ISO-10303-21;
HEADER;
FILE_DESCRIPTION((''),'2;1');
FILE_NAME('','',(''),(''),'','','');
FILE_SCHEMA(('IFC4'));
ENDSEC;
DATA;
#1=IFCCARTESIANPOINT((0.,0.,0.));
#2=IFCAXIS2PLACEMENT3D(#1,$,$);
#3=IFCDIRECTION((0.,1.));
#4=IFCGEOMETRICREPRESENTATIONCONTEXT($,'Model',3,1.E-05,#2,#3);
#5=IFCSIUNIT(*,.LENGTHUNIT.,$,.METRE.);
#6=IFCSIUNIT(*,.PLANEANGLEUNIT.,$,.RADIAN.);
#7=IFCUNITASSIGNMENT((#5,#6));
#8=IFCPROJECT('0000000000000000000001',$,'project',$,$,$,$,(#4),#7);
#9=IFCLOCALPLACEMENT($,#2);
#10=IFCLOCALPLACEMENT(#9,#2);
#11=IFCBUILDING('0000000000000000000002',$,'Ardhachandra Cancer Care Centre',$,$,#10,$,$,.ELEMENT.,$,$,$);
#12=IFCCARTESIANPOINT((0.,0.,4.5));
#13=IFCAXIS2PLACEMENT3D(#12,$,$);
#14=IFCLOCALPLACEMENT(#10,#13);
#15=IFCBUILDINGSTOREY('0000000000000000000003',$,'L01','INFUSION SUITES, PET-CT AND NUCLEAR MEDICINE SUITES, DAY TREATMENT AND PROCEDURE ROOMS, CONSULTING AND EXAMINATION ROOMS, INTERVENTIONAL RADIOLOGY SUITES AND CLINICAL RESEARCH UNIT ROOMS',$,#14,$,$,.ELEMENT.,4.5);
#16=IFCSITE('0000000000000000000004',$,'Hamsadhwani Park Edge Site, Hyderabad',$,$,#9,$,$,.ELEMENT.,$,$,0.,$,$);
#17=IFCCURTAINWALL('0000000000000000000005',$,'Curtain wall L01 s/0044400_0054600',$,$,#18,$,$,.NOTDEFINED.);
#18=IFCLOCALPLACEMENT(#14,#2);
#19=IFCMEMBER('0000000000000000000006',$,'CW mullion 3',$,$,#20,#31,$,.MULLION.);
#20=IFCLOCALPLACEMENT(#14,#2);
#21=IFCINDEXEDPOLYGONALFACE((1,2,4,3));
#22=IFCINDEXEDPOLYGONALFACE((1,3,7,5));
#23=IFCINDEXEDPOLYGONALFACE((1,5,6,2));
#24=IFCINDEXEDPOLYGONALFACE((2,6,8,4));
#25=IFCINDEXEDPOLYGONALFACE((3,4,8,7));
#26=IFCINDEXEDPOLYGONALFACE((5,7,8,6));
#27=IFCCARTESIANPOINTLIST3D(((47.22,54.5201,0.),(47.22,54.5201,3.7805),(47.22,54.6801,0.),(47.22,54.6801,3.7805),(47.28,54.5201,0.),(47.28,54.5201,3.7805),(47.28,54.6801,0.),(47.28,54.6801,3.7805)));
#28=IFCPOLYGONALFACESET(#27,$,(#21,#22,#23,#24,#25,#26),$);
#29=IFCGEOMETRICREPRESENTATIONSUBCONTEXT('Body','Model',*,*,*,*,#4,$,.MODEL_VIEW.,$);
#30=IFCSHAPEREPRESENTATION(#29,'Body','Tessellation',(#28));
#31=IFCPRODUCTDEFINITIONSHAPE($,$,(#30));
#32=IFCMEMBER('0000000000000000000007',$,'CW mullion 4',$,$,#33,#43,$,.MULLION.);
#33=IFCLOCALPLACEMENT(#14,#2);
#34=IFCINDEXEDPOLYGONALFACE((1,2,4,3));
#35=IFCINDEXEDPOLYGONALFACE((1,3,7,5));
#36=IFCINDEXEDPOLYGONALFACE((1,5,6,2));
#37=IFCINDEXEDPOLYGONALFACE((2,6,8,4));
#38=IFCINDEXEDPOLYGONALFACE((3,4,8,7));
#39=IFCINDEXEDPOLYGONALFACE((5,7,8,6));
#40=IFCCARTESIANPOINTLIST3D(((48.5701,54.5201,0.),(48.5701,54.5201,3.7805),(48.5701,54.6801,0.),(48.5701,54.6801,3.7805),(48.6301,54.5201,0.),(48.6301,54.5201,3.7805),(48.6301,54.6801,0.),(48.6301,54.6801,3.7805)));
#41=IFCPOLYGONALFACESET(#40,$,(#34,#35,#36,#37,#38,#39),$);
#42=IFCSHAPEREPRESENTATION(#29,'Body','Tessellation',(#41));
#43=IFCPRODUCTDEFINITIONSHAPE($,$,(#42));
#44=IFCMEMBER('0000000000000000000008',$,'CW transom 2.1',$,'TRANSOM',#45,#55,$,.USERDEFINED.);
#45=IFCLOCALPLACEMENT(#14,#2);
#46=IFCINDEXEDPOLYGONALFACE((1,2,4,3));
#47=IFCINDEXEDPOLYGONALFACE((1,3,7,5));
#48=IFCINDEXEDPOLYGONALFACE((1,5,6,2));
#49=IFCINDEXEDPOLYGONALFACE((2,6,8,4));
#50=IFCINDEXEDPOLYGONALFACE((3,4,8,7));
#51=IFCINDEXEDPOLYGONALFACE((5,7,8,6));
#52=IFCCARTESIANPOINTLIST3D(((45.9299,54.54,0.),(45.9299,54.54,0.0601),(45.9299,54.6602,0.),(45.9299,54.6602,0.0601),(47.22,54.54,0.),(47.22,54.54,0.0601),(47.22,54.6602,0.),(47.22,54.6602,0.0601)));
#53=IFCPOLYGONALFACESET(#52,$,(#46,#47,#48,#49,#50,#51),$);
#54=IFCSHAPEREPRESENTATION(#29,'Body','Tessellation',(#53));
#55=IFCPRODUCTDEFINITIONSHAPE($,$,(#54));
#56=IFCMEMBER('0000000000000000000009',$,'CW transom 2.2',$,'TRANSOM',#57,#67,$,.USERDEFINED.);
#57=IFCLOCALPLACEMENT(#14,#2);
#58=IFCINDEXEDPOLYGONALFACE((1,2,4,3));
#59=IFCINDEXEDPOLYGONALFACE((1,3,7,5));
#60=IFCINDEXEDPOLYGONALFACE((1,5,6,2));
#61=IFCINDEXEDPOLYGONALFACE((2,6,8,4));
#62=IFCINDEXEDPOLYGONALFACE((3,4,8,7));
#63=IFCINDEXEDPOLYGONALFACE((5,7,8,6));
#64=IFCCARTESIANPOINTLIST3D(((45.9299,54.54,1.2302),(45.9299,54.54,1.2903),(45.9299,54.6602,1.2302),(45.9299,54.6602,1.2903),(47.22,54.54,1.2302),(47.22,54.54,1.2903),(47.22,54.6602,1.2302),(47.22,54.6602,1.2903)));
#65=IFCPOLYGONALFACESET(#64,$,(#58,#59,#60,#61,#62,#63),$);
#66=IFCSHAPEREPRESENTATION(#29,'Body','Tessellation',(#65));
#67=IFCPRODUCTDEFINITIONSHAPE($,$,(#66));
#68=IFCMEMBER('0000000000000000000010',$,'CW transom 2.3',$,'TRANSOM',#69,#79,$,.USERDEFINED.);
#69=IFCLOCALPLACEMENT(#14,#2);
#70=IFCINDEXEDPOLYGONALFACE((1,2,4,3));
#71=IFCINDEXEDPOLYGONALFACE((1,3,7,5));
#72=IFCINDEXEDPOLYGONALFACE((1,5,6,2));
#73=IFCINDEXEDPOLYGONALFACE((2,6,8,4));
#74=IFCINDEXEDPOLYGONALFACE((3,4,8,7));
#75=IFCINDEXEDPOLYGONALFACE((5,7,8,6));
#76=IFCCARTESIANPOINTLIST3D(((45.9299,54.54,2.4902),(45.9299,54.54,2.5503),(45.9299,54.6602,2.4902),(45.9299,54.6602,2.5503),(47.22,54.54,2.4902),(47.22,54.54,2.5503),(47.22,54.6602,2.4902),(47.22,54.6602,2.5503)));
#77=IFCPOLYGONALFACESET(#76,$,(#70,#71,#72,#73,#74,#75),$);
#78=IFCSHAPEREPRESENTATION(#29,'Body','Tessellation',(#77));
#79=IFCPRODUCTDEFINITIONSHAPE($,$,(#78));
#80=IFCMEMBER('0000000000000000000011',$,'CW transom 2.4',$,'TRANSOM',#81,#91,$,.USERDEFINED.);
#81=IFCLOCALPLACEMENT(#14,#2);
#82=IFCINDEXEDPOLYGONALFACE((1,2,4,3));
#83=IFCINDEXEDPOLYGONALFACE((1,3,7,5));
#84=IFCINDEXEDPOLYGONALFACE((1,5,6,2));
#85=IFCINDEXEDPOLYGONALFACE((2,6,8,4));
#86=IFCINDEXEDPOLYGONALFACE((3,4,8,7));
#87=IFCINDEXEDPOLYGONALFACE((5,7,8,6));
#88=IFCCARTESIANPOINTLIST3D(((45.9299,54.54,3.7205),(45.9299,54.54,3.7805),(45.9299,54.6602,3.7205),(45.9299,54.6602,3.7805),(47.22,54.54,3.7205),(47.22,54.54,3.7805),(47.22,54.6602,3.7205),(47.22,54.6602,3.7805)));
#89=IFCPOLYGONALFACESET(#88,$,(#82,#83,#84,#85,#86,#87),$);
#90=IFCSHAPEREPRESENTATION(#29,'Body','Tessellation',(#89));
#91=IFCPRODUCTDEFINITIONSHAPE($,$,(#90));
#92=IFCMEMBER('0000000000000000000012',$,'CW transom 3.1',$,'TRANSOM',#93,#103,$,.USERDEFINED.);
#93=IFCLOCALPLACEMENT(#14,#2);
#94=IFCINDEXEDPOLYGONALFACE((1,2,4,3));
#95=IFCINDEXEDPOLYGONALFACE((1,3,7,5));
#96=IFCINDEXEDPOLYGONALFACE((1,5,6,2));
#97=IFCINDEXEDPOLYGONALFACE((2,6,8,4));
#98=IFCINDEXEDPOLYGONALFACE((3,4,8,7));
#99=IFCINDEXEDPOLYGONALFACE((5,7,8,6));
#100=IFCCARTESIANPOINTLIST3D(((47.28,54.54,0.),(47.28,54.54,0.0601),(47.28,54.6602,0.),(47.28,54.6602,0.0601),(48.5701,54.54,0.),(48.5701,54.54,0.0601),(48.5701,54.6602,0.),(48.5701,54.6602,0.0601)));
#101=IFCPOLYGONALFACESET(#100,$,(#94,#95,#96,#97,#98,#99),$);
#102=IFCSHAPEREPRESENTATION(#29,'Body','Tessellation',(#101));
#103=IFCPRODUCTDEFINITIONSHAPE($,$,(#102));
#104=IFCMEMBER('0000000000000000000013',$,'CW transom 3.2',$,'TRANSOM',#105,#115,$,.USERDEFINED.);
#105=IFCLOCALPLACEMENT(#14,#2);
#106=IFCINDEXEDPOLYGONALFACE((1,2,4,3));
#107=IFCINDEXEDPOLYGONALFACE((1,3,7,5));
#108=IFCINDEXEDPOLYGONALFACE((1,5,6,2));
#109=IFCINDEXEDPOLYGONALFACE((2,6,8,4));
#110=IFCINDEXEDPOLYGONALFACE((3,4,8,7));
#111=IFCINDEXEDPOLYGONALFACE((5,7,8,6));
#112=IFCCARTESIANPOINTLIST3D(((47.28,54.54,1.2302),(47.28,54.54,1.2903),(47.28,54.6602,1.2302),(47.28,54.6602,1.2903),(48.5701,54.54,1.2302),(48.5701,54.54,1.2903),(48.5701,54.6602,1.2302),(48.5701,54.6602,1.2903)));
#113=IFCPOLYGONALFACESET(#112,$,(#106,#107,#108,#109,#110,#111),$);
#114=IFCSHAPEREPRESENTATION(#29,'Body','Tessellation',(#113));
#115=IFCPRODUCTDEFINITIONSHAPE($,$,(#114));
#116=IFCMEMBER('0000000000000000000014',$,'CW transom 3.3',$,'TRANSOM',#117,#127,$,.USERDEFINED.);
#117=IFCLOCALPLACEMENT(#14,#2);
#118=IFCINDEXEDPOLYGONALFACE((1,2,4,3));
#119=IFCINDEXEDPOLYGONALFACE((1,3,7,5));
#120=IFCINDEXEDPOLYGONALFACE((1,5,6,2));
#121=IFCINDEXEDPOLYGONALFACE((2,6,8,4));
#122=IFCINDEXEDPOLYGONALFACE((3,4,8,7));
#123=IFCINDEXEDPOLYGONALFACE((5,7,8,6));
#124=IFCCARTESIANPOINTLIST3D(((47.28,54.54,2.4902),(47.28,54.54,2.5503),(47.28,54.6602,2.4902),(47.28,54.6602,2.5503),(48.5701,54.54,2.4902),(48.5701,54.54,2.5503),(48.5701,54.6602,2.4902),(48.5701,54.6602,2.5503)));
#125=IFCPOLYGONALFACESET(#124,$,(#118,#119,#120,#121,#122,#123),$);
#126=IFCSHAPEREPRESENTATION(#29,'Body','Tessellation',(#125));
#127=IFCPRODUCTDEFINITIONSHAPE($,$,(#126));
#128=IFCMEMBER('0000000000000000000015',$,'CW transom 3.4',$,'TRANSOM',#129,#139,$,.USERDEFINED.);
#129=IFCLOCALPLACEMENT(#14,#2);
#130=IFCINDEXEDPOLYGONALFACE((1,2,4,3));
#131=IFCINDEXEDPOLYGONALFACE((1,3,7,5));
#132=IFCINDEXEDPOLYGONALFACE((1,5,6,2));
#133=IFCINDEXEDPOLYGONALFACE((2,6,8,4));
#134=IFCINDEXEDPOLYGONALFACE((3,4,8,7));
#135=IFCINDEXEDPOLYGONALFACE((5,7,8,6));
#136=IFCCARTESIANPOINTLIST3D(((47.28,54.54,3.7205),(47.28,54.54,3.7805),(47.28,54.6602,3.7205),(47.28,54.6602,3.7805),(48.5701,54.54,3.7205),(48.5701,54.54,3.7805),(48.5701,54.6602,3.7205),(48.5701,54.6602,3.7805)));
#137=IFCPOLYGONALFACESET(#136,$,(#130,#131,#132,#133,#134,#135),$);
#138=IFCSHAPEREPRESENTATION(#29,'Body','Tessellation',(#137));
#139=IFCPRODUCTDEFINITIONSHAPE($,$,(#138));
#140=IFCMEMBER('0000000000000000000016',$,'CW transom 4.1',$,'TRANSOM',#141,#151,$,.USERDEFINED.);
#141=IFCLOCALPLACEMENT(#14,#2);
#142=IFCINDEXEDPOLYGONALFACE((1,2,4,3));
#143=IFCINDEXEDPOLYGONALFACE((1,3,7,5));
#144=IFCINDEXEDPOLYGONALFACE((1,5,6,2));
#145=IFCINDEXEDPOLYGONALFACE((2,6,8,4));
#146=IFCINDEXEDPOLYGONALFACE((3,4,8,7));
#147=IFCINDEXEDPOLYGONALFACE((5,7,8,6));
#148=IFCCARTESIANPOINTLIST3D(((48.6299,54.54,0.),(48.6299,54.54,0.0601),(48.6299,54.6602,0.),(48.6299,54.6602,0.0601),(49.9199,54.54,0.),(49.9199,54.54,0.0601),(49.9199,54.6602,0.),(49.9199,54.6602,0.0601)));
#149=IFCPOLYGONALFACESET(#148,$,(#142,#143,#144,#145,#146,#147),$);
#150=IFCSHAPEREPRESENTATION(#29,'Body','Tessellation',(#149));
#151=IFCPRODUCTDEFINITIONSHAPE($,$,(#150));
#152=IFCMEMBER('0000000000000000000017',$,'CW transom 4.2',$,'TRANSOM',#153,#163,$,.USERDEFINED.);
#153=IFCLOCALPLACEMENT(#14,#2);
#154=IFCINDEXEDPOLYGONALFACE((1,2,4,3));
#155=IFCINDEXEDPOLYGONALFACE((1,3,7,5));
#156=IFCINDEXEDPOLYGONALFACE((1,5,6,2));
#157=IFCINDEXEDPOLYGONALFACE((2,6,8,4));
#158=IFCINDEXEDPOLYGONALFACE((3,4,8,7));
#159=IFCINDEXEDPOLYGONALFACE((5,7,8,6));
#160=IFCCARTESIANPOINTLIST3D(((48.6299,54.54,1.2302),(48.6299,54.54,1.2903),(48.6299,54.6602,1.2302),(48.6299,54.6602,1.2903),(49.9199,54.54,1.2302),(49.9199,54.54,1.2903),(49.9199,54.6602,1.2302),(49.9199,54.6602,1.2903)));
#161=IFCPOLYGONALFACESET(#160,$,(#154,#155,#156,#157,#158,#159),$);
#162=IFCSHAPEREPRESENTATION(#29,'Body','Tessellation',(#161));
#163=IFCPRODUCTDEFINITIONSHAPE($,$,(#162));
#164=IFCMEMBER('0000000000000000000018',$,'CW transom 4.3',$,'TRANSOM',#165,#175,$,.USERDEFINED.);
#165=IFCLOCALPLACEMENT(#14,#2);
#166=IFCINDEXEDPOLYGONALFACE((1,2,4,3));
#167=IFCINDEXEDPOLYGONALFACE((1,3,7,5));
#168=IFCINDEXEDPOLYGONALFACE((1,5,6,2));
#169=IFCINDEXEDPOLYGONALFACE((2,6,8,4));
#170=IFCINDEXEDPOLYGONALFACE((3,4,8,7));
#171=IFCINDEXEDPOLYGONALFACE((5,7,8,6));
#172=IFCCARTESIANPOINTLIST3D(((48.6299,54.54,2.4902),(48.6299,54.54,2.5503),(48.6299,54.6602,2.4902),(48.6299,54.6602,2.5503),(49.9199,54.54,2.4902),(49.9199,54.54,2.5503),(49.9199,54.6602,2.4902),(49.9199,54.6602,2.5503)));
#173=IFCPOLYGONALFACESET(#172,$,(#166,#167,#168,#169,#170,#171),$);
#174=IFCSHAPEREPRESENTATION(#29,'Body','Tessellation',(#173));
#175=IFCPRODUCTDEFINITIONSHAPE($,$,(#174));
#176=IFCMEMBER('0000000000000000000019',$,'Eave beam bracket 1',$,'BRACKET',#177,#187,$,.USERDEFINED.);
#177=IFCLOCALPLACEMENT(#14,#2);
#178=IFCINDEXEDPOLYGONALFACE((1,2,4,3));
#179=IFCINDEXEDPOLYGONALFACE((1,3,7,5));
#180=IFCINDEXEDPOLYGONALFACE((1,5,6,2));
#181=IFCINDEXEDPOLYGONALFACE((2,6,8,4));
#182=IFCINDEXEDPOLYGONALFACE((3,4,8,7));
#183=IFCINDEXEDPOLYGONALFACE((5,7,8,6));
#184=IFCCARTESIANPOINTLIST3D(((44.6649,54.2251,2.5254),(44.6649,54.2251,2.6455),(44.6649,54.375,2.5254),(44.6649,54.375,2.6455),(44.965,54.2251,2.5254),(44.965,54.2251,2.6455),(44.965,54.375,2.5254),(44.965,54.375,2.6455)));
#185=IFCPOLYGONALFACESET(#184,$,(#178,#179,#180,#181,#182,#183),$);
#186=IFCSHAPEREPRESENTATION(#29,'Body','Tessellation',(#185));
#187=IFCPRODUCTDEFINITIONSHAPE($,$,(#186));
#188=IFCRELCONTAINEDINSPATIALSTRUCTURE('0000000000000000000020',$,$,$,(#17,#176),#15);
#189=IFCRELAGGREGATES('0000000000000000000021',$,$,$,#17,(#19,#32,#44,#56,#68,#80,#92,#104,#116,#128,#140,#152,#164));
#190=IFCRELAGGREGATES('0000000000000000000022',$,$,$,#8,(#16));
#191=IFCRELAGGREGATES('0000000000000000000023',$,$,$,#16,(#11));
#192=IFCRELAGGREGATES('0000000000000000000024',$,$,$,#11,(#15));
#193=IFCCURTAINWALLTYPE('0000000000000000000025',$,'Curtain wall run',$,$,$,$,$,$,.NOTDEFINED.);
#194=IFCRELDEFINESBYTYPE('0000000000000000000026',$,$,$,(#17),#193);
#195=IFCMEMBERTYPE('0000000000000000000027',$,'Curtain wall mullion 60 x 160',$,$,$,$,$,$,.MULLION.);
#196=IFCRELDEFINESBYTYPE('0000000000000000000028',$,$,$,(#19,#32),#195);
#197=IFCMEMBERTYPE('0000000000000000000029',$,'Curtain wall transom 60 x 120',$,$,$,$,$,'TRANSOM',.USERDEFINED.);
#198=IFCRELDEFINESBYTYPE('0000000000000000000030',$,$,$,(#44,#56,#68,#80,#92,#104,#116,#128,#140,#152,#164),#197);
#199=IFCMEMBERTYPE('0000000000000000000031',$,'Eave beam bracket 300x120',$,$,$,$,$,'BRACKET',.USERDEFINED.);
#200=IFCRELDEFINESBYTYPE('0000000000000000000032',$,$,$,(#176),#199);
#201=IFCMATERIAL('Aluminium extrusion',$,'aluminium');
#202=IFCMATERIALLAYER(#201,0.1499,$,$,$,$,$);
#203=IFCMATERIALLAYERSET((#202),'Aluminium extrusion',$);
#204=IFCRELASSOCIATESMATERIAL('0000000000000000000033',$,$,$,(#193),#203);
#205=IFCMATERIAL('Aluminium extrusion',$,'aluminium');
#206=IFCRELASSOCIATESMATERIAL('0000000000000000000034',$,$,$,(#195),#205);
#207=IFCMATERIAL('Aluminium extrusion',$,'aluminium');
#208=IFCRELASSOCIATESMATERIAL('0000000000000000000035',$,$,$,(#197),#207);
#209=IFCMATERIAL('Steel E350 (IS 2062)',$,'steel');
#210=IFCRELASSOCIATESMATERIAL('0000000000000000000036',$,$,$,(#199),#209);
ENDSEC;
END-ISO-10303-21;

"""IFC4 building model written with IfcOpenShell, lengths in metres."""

from ifc_helpers import new_model, si_unit, direction, frame, origin, origin_2d, place, context, subcontext, project, spatial, rectangle, extrude, material, layer, layer_set, material_profile, profile_set, type_object, element, aggregate, save


model = new_model("IFC4")

# Units and contexts
model_context = context("Model", 3, precision=1e-05, world=origin(), true_north=direction((0.0, 1.0)))
body_context = subcontext(model_context, "Body", "Model", "MODEL_VIEW")
ifc_project = project(units=[si_unit("LENGTHUNIT", "METRE"), si_unit("PLANEANGLEUNIT", "RADIAN")], contexts=[model_context])

# Site, building, storey
site_placement = place(None, origin())
site = spatial("IfcSite", under=ifc_project, at=site_placement, Name="Hamsadhwani Park Edge Site, Hyderabad", CompositionType="ELEMENT", RefElevation=0.0)
building_placement = place(site_placement, origin())
building = spatial("IfcBuilding", under=site, at=building_placement, Name="Ardhachandra Cancer Care Centre", CompositionType="ELEMENT")
storey_placement = place(building_placement, frame((0.0, 0.0, 4.5)))
storey = spatial("IfcBuildingStorey", under=building, at=storey_placement, Name="L01", Description="INFUSION SUITES, PET-CT AND NUCLEAR MEDICINE SUITES, DAY TREATMENT AND PROCEDURE ROOMS, CONSULTING AND EXAMINATION ROOMS, INTERVENTIONAL RADIOLOGY SUITES AND CLINICAL RESEARCH UNIT ROOMS", CompositionType="ELEMENT", Elevation=4.5)

# Curtain wall, members
ifc_material_1 = material(Name="Aluminium extrusion", Category="aluminium")
ifc_layer_1 = layer(ifc_material_1, 0.1499)
ifc_layer_set_1 = layer_set([ifc_layer_1], Name="Aluminium extrusion")
curtain_wall_type = type_object("IfcCurtainWallType", Name="Curtain wall run", PredefinedType="NOTDEFINED", material=ifc_layer_set_1)
curtain_wall_placement = place(storey_placement, origin())
curtain_wall = element("IfcCurtainWall", 1, at=curtain_wall_placement, inside=storey, type_object=curtain_wall_type, Name="Curtain wall L01 s/0044400_0054600", PredefinedType="NOTDEFINED")
ifc_material_2 = material(Name="Aluminium extrusion", Category="aluminium")
ifc_material_profile_1 = material_profile(ifc_material_2, rectangle(XDim=0.1599, YDim=0.0601, at=origin_2d()), Name="Curtain wall mullion 60 x 160")
ifc_profile_set_1 = profile_set([ifc_material_profile_1], Name="Aluminium extrusion")
member_type_1 = type_object("IfcMemberType", Name="Curtain wall mullion 60 x 160", PredefinedType="MULLION", material=ifc_profile_set_1)
member_1_placement = place(storey_placement, frame((47.25, 54.6001, 0.0), z_axis=(0.0, 0.0, 1.0), x_axis=(0.0, 1.0, 0.0)))
member_1 = element("IfcMember", 2, at=member_1_placement, type_object=member_type_1, Name="CW mullion 3", PredefinedType="MULLION", context=body_context, shape_type="SweptSolid", body=[
    extrude(rectangle(XDim=0.1599, YDim=0.0601, at=origin_2d()), origin(), (0.0, 0.0, 1.0), 3.7805),
])
member_2_placement = place(storey_placement, frame((48.6001, 54.6001, 0.0), z_axis=(0.0, 0.0, 1.0), x_axis=(0.0, 1.0, 0.0)))
member_2 = element("IfcMember", 3, at=member_2_placement, type_object=member_type_1, Name="CW mullion 4", PredefinedType="MULLION", context=body_context, shape_type="SweptSolid", body=[
    extrude(rectangle(XDim=0.1599, YDim=0.0601, at=origin_2d()), origin(), (0.0, 0.0, 1.0), 3.7805),
])
ifc_material_3 = material(Name="Aluminium extrusion", Category="aluminium")
ifc_material_profile_2 = material_profile(ifc_material_3, rectangle(XDim=0.1201, YDim=0.0601, at=origin_2d()), Name="Curtain wall transom 60 x 120")
ifc_profile_set_2 = profile_set([ifc_material_profile_2], Name="Aluminium extrusion")
member_type_2 = type_object("IfcMemberType", Name="Curtain wall transom 60 x 120", ElementType="TRANSOM", PredefinedType="USERDEFINED", material=ifc_profile_set_2)
member_3_placement = place(storey_placement, frame((45.9299, 54.6001, 0.03), z_axis=(1.0, 0.0, 0.0), x_axis=(0.0, 1.0, 0.0)))
member_3 = element("IfcMember", 4, at=member_3_placement, type_object=member_type_2, Name="CW transom 2.1", ObjectType="TRANSOM", PredefinedType="USERDEFINED", context=body_context, shape_type="SweptSolid", body=[
    extrude(rectangle(XDim=0.1201, YDim=0.0601, at=origin_2d()), origin(), (0.0, 0.0, 1.0), 1.29),
])
member_4_placement = place(storey_placement, frame((45.9299, 54.6001, 1.2603), z_axis=(1.0, 0.0, 0.0), x_axis=(0.0, 1.0, 0.0)))
member_4 = element("IfcMember", 5, at=member_4_placement, type_object=member_type_2, Name="CW transom 2.2", ObjectType="TRANSOM", PredefinedType="USERDEFINED", context=body_context, shape_type="SweptSolid", body=[
    extrude(rectangle(XDim=0.1201, YDim=0.0601, at=origin_2d()), origin(), (0.0, 0.0, 1.0), 1.29),
])
member_5_placement = place(storey_placement, frame((45.9299, 54.6001, 2.5203), z_axis=(1.0, 0.0, 0.0), x_axis=(0.0, 1.0, 0.0)))
member_5 = element("IfcMember", 6, at=member_5_placement, type_object=member_type_2, Name="CW transom 2.3", ObjectType="TRANSOM", PredefinedType="USERDEFINED", context=body_context, shape_type="SweptSolid", body=[
    extrude(rectangle(XDim=0.1201, YDim=0.0601, at=origin_2d()), origin(), (0.0, 0.0, 1.0), 1.29),
])
member_6_placement = place(storey_placement, frame((45.9299, 54.6001, 3.7505), z_axis=(1.0, 0.0, 0.0), x_axis=(0.0, 1.0, 0.0)))
member_6 = element("IfcMember", 7, at=member_6_placement, type_object=member_type_2, Name="CW transom 2.4", ObjectType="TRANSOM", PredefinedType="USERDEFINED", context=body_context, shape_type="SweptSolid", body=[
    extrude(rectangle(XDim=0.1201, YDim=0.0601, at=origin_2d()), origin(), (0.0, 0.0, 1.0), 1.29),
])
member_7_placement = place(storey_placement, frame((47.28, 54.6001, 0.03), z_axis=(1.0, 0.0, 0.0), x_axis=(0.0, 1.0, 0.0)))
member_7 = element("IfcMember", 8, at=member_7_placement, type_object=member_type_2, Name="CW transom 3.1", ObjectType="TRANSOM", PredefinedType="USERDEFINED", context=body_context, shape_type="SweptSolid", body=[
    extrude(rectangle(XDim=0.1201, YDim=0.0601, at=origin_2d()), origin(), (0.0, 0.0, 1.0), 1.29),
])
member_8_placement = place(storey_placement, frame((47.28, 54.6001, 1.2603), z_axis=(1.0, 0.0, 0.0), x_axis=(0.0, 1.0, 0.0)))
member_8 = element("IfcMember", 9, at=member_8_placement, type_object=member_type_2, Name="CW transom 3.2", ObjectType="TRANSOM", PredefinedType="USERDEFINED", context=body_context, shape_type="SweptSolid", body=[
    extrude(rectangle(XDim=0.1201, YDim=0.0601, at=origin_2d()), origin(), (0.0, 0.0, 1.0), 1.29),
])
member_9_placement = place(storey_placement, frame((47.28, 54.6001, 2.5203), z_axis=(1.0, 0.0, 0.0), x_axis=(0.0, 1.0, 0.0)))
member_9 = element("IfcMember", 10, at=member_9_placement, type_object=member_type_2, Name="CW transom 3.3", ObjectType="TRANSOM", PredefinedType="USERDEFINED", context=body_context, shape_type="SweptSolid", body=[
    extrude(rectangle(XDim=0.1201, YDim=0.0601, at=origin_2d()), origin(), (0.0, 0.0, 1.0), 1.29),
])
member_10_placement = place(storey_placement, frame((47.28, 54.6001, 3.7505), z_axis=(1.0, 0.0, 0.0), x_axis=(0.0, 1.0, 0.0)))
member_10 = element("IfcMember", 11, at=member_10_placement, type_object=member_type_2, Name="CW transom 3.4", ObjectType="TRANSOM", PredefinedType="USERDEFINED", context=body_context, shape_type="SweptSolid", body=[
    extrude(rectangle(XDim=0.1201, YDim=0.0601, at=origin_2d()), origin(), (0.0, 0.0, 1.0), 1.29),
])
member_11_placement = place(storey_placement, frame((48.6299, 54.6001, 0.03), z_axis=(1.0, 0.0, 0.0), x_axis=(0.0, 1.0, 0.0)))
member_11 = element("IfcMember", 12, at=member_11_placement, type_object=member_type_2, Name="CW transom 4.1", ObjectType="TRANSOM", PredefinedType="USERDEFINED", context=body_context, shape_type="SweptSolid", body=[
    extrude(rectangle(XDim=0.1201, YDim=0.0601, at=origin_2d()), origin(), (0.0, 0.0, 1.0), 1.29),
])
member_12_placement = place(storey_placement, frame((48.6299, 54.6001, 1.2603), z_axis=(1.0, 0.0, 0.0), x_axis=(0.0, 1.0, 0.0)))
member_12 = element("IfcMember", 13, at=member_12_placement, type_object=member_type_2, Name="CW transom 4.2", ObjectType="TRANSOM", PredefinedType="USERDEFINED", context=body_context, shape_type="SweptSolid", body=[
    extrude(rectangle(XDim=0.1201, YDim=0.0601, at=origin_2d()), origin(), (0.0, 0.0, 1.0), 1.29),
])
member_13_placement = place(storey_placement, frame((48.6299, 54.6001, 2.5203), z_axis=(1.0, 0.0, 0.0), x_axis=(0.0, 1.0, 0.0)))
member_13 = element("IfcMember", 14, at=member_13_placement, type_object=member_type_2, Name="CW transom 4.3", ObjectType="TRANSOM", PredefinedType="USERDEFINED", context=body_context, shape_type="SweptSolid", body=[
    extrude(rectangle(XDim=0.1201, YDim=0.0601, at=origin_2d()), origin(), (0.0, 0.0, 1.0), 1.29),
])

# Member
ifc_material_4 = material(Name="Steel E350 (IS 2062)", Category="steel")
ifc_material_profile_3 = material_profile(ifc_material_4, rectangle(XDim=0.3, YDim=0.1201, at=origin_2d()), Name="PL 300x120")
ifc_profile_set_3 = profile_set([ifc_material_profile_3], Name="Steel E350 (IS 2062)")
member_type_3 = type_object("IfcMemberType", Name="Eave beam bracket 300x120", ElementType="BRACKET", PredefinedType="USERDEFINED", material=ifc_profile_set_3)
member_14_placement = place(storey_placement, frame((44.8149, 54.2251, 2.5854), z_axis=(0.0, 1.0, 0.0), x_axis=(-1.0, 0.0, 0.0)))
element("IfcMember", 15, at=member_14_placement, inside=storey, type_object=member_type_3, Name="Eave beam bracket 1", ObjectType="BRACKET", PredefinedType="USERDEFINED", context=body_context, shape_type="SweptSolid", body=[
    extrude(rectangle(XDim=0.3, YDim=0.1201, at=origin_2d()), origin(), (0.0, 0.0, 1.0), 0.1499),
])

aggregate(curtain_wall, [member_1, member_2, member_3, member_4, member_5, member_6, member_7, member_8, member_9, member_10, member_11, member_12, member_13])

save(model, "model.ifc")
